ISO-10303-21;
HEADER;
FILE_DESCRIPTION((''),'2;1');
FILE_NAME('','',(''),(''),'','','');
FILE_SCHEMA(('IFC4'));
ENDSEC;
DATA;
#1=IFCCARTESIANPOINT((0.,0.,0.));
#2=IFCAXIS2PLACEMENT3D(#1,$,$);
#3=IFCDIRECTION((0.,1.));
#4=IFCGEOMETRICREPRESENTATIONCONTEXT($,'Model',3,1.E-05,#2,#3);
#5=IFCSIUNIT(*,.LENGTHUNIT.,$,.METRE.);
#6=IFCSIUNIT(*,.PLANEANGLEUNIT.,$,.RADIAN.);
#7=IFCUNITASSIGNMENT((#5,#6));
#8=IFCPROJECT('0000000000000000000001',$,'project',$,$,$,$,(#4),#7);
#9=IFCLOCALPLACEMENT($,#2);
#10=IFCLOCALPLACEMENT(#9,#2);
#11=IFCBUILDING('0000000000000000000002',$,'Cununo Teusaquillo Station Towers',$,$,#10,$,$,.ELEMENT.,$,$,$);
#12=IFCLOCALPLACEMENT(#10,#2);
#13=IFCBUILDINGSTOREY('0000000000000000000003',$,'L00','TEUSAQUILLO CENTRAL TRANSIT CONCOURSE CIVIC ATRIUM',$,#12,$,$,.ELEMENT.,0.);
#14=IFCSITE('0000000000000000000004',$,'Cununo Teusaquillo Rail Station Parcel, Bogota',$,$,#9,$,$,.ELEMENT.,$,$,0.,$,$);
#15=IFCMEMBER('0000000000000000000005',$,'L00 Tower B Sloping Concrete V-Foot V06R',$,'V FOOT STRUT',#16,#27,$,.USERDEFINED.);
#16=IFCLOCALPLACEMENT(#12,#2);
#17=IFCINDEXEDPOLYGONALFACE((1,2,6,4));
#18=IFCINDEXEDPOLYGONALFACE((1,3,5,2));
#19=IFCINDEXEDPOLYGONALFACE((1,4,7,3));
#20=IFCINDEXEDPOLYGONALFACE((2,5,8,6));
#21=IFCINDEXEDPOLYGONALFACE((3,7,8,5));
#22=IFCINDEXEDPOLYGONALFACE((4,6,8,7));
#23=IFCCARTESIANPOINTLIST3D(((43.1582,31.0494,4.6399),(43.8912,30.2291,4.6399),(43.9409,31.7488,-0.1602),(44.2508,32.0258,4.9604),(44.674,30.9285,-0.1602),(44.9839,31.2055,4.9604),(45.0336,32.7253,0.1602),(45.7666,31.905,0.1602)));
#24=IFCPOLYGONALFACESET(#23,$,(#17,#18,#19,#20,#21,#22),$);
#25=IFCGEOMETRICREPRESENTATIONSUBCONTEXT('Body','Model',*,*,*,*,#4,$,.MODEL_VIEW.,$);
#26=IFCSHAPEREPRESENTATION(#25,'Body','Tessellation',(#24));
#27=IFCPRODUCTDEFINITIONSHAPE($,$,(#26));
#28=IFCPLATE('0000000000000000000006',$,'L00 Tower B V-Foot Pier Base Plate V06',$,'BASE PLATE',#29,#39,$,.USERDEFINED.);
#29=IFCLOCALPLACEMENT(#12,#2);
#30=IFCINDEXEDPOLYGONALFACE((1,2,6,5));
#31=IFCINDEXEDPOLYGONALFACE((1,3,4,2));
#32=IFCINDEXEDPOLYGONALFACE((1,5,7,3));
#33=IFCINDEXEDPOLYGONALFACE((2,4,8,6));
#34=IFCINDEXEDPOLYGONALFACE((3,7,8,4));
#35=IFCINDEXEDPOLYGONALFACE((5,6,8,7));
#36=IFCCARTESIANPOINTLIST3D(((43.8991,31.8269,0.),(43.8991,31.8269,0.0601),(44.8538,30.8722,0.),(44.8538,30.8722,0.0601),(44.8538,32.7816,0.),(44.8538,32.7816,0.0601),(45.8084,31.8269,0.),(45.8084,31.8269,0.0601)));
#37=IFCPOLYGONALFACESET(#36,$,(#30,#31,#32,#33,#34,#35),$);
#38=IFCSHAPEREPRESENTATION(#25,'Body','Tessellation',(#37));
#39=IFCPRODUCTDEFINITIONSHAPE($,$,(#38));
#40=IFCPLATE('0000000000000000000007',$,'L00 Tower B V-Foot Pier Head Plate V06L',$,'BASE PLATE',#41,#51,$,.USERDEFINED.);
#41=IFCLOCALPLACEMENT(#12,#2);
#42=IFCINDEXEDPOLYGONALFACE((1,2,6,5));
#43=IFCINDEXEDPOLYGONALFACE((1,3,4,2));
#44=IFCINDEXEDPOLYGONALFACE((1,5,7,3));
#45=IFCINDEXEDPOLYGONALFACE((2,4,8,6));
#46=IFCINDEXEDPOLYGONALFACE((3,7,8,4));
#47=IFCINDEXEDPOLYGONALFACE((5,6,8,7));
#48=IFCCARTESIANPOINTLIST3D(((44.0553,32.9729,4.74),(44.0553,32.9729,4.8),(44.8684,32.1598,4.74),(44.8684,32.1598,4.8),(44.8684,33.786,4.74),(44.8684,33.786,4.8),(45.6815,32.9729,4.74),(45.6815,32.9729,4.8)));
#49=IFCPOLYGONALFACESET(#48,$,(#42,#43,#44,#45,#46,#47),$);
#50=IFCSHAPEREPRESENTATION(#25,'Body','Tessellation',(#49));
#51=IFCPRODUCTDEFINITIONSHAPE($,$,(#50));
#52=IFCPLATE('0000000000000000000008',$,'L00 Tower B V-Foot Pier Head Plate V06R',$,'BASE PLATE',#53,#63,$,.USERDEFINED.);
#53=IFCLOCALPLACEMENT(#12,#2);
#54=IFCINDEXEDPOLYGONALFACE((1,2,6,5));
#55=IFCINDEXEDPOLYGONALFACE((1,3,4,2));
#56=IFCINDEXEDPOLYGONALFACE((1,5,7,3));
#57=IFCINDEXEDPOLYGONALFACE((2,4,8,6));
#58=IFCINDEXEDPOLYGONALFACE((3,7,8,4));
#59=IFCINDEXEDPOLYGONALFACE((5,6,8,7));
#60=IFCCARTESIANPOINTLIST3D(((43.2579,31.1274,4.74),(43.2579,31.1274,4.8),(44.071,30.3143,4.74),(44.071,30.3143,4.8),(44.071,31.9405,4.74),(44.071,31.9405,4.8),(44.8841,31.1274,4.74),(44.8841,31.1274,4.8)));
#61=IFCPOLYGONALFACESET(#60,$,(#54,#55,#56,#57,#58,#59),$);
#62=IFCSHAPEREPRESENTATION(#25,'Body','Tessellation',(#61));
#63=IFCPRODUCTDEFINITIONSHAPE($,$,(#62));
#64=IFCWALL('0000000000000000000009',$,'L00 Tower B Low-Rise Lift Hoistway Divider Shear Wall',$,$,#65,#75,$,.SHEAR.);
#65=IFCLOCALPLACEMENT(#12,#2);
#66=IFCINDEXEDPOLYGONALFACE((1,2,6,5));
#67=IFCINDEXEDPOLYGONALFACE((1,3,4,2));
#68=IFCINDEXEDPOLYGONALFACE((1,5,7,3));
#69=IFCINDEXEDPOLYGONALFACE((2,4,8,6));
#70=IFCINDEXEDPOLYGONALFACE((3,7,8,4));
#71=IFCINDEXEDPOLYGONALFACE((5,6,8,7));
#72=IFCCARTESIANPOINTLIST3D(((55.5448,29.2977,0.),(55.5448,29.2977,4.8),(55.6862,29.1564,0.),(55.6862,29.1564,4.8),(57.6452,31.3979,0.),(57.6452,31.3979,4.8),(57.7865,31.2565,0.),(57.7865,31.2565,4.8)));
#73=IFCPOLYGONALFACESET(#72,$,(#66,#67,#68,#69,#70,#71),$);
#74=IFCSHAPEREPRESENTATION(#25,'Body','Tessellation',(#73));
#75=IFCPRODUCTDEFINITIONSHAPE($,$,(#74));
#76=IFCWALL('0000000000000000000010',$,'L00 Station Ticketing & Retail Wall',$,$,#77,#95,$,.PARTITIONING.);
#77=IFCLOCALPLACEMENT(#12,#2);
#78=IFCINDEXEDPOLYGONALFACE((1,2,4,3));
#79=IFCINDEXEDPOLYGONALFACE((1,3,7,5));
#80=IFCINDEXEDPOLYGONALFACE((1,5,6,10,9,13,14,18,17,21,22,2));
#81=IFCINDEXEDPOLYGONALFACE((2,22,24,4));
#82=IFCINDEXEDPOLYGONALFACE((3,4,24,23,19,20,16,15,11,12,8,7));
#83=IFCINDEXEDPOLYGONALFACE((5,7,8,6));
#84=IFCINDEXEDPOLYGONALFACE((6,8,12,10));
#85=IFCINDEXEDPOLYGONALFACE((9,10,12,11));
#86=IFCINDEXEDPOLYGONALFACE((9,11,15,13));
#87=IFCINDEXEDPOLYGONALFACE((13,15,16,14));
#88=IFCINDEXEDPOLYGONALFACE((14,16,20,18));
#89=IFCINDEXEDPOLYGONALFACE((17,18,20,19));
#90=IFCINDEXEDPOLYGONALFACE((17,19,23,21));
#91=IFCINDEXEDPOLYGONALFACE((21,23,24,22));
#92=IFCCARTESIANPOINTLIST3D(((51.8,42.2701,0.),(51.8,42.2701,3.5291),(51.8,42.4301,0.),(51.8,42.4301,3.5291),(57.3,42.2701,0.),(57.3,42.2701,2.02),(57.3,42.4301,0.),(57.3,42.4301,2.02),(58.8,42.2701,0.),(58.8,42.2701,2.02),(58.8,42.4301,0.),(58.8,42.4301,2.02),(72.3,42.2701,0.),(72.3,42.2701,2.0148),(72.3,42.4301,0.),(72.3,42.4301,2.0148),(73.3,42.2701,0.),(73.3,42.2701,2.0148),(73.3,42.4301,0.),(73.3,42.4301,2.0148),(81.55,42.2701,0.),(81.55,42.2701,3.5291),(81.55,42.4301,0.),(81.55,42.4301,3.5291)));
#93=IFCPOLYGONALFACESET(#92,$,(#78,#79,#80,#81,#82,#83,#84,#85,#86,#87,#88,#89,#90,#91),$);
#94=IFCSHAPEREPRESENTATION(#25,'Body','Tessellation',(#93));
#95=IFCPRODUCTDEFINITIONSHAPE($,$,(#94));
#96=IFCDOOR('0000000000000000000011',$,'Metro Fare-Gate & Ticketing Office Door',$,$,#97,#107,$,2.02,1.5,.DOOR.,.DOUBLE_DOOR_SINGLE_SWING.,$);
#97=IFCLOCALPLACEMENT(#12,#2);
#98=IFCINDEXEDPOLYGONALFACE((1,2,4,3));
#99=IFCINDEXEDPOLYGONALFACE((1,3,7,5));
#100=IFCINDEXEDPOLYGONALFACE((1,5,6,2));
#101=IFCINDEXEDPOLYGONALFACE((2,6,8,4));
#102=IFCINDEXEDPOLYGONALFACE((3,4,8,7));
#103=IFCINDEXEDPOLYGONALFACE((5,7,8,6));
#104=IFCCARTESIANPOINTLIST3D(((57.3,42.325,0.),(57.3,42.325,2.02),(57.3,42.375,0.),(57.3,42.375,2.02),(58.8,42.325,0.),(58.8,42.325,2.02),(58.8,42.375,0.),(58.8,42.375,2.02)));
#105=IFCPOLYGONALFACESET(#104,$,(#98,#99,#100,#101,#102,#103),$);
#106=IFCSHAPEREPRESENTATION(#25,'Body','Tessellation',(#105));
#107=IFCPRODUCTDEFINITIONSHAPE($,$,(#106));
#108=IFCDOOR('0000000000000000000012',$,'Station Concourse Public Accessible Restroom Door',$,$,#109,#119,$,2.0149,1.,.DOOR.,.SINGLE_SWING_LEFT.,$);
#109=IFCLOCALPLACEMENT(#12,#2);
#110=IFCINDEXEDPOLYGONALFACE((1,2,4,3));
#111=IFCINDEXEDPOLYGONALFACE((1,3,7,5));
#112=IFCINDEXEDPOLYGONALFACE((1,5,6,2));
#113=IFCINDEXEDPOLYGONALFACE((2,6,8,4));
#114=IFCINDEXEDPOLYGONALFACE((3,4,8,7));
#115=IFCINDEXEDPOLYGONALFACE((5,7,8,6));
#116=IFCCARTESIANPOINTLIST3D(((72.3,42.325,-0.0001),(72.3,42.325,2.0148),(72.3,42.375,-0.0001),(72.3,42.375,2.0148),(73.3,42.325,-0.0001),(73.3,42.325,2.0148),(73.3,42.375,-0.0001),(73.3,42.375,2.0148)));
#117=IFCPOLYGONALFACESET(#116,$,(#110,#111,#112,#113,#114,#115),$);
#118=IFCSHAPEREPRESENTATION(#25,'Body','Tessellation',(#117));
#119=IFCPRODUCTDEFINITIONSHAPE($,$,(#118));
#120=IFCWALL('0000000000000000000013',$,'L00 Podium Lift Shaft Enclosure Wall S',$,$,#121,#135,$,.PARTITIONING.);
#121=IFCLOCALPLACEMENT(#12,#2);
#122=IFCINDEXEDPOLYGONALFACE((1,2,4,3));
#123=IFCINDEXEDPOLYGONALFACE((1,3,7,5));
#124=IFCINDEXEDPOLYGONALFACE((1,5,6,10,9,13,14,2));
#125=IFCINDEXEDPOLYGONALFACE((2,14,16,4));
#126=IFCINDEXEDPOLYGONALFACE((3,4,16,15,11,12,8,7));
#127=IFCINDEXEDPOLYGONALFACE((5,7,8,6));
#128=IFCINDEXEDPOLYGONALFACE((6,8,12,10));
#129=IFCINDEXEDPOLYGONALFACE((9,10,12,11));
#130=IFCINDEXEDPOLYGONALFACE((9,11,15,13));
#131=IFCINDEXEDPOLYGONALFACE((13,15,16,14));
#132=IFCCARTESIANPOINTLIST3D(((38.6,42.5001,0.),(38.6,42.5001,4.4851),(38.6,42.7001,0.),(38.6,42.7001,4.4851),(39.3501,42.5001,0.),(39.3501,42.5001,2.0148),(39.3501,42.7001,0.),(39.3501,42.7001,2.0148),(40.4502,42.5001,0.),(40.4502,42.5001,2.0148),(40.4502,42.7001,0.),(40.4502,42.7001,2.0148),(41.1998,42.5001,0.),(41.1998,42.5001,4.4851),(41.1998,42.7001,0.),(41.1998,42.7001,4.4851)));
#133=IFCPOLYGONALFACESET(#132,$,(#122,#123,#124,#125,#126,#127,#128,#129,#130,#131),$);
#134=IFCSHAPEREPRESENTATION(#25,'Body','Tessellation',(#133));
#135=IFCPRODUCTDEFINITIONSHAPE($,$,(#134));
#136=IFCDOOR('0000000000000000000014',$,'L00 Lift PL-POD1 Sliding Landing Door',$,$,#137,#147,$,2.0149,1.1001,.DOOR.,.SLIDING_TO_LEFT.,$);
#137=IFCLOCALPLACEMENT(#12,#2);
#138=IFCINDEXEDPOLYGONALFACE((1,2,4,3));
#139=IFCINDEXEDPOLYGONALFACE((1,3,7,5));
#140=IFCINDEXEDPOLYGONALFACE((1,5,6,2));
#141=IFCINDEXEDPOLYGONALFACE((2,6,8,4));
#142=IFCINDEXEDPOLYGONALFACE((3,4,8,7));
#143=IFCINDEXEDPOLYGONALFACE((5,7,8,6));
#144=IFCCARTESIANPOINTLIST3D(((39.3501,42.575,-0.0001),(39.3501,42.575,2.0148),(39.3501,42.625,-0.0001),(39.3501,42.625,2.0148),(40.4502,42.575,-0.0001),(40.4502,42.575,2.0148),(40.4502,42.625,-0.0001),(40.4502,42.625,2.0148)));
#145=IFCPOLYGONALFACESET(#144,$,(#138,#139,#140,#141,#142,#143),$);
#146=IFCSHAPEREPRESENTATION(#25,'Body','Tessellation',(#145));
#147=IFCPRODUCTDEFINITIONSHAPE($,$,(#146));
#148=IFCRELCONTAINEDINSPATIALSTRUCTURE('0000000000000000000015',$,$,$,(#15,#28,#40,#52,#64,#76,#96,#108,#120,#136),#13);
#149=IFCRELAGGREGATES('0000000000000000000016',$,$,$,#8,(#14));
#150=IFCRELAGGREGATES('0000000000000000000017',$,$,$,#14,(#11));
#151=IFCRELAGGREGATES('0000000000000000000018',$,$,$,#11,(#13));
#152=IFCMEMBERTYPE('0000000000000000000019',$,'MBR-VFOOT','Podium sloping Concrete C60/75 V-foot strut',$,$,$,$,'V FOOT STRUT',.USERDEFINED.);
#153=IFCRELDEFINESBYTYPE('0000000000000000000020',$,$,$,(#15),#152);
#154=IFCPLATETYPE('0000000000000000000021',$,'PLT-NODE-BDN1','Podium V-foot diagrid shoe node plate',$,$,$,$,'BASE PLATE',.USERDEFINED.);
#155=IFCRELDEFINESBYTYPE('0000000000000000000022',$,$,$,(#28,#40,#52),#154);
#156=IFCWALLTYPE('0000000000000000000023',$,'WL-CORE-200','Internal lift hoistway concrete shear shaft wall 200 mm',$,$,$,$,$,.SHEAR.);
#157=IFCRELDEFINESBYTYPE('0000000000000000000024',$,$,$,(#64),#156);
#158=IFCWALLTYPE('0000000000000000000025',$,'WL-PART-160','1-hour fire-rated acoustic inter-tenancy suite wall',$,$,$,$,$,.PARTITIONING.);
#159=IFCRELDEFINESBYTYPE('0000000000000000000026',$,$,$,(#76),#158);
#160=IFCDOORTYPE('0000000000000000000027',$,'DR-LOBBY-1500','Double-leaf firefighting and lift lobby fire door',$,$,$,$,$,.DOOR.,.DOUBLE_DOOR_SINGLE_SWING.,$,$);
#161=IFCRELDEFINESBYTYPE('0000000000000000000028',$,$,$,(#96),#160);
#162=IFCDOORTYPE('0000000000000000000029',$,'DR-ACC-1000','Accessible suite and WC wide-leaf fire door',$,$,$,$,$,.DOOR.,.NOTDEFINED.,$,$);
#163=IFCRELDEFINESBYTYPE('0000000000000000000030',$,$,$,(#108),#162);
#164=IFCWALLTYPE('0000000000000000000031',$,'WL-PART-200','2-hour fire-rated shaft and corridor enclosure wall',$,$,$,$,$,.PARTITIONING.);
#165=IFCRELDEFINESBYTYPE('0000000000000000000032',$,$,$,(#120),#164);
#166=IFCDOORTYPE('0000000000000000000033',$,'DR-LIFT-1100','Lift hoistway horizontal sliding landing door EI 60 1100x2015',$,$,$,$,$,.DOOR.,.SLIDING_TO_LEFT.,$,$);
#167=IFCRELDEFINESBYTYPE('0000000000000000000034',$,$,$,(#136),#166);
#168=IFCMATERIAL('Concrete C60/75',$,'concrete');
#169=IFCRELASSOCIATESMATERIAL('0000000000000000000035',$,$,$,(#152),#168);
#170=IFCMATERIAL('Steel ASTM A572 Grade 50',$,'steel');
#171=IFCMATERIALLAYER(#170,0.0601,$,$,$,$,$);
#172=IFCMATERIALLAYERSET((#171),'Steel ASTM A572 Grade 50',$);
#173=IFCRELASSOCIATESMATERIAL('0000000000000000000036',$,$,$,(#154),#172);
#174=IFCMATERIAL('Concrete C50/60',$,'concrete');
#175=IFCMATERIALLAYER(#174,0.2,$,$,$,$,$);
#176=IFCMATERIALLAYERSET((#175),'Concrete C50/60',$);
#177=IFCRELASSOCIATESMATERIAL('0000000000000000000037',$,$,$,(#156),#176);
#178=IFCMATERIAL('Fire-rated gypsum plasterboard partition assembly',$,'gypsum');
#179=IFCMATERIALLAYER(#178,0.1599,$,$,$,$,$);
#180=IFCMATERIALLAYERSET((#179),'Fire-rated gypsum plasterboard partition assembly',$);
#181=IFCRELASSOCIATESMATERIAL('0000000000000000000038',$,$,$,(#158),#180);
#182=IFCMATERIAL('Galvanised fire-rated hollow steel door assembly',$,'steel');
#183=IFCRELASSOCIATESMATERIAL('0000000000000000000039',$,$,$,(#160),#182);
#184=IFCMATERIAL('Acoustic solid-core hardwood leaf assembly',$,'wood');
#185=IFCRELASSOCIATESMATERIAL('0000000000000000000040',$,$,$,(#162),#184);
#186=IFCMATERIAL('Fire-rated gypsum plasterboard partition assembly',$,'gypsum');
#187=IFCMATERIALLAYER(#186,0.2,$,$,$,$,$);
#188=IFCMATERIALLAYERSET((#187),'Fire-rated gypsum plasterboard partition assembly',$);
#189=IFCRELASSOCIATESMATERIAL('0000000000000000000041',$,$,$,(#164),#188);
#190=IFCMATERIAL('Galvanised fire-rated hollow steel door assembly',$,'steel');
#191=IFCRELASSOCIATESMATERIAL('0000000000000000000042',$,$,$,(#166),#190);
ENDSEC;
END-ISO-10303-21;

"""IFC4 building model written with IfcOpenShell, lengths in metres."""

from ifc_helpers import new_model, si_unit, direction, frame, frame_2d, origin, origin_2d, place, context, subcontext, project, spatial, rectangle, extrude, source, transform, mapped, material, layer, layer_set, material_profile, profile_set, type_object, element, fill, save


model = new_model("IFC4")

# Units and contexts
model_context = context("Model", 3, precision=1e-05, world=origin(), true_north=direction((0.0, 1.0)))
body_context = subcontext(model_context, "Body", "Model", "MODEL_VIEW")
ifc_project = project(units=[si_unit("LENGTHUNIT", "METRE"), si_unit("PLANEANGLEUNIT", "RADIAN")], contexts=[model_context])

# Site, building, storey
site_placement = place(None, origin())
site = spatial("IfcSite", under=ifc_project, at=site_placement, Name="Cununo Teusaquillo Rail Station Parcel, Bogota", CompositionType="ELEMENT", RefElevation=0.0)
building_placement = place(site_placement, origin())
building = spatial("IfcBuilding", under=site, at=building_placement, Name="Cununo Teusaquillo Station Towers", CompositionType="ELEMENT")
storey_placement = place(building_placement, origin())
storey = spatial("IfcBuildingStorey", under=building, at=storey_placement, Name="L00", Description="TEUSAQUILLO CENTRAL TRANSIT CONCOURSE CIVIC ATRIUM", CompositionType="ELEMENT", Elevation=0.0)

# Member
ifc_material_1 = material(Name="Concrete C60/75", Category="concrete")
ifc_material_profile_1 = material_profile(ifc_material_1, rectangle(XDim=1.1001, YDim=1.5, at=origin_2d()), Name="RC-RECT-1500x1100")
ifc_profile_set_1 = profile_set([ifc_material_profile_1], Name="Concrete C60/75")
member_type = type_object("IfcMemberType", Name="MBR-VFOOT", Description="Podium sloping Concrete C60/75 V-foot strut", ElementType="V FOOT STRUT", PredefinedType="USERDEFINED", material=ifc_profile_set_1)
member_1_placement = place(storey_placement, frame((44.8538, 31.8269, 0.0), z_axis=(-0.159299, -0.142356, 0.976913), x_axis=(0.666339, -0.745649, 0.0)))
element("IfcMember", 1, at=member_1_placement, inside=storey, type_object=member_type, Name="L00 Tower B Sloping Concrete V-Foot V06R", ObjectType="V FOOT STRUT", PredefinedType="USERDEFINED", context=body_context, shape_type="SweptSolid", body=[
    extrude(rectangle(XDim=1.1001, YDim=1.5, at=origin_2d()), origin(), (0.0, 0.0, 1.0), 4.9136),
])

# Plates
ifc_material_2 = material(Name="Steel ASTM A572 Grade 50", Category="steel")
ifc_layer_1 = layer(ifc_material_2, 0.0601)
ifc_layer_set_1 = layer_set([ifc_layer_1], Name="Steel ASTM A572 Grade 50")
plate_type = type_object("IfcPlateType", Name="PLT-NODE-BDN1", Description="Podium V-foot diagrid shoe node plate", ElementType="BASE PLATE", PredefinedType="USERDEFINED", material=ifc_layer_set_1)
shared_shape_1 = source(origin(), body_context, "Body", "SweptSolid", [
    extrude(rectangle(XDim=1.3501, YDim=1.3501, at=origin_2d()), origin(), (0.0, 0.0, 1.0), 0.0601),
])
plate_placement = place(storey_placement, frame((44.8538, 31.8269, 0.0), z_axis=(0.0, 0.0, 1.0), x_axis=(0.707107, 0.707107, 0.0)))
element("IfcPlate", 2, at=plate_placement, inside=storey, type_object=plate_type, Name="L00 Tower B V-Foot Pier Base Plate V06", ObjectType="BASE PLATE", PredefinedType="USERDEFINED", context=body_context, shape_type="MappedRepresentation", body=[
    mapped(shared_shape_1, transform((0.0, 0.0, 0.0), x_axis=(1.0, 0.0, 0.0), y_axis=(0.0, 1.0, 0.0), z_axis=(0.0, 0.0, 1.0), scale=1.0)),
])
shared_shape_2 = source(origin(), body_context, "Body", "SweptSolid", [
    extrude(rectangle(XDim=1.1499, YDim=1.1499, at=origin_2d()), origin(), (0.0, 0.0, 1.0), 0.0601),
])
for number, where, z_axis, x_axis, name in (
    (3, (44.8684, 32.9729, 4.74), (0.0, 0.0, 1.0), (0.707107, 0.707107, 0.0), "L00 Tower B V-Foot Pier Head Plate V06L"),
    (4, (44.071, 31.1274, 4.74), (0.0, 0.0, 1.0), (0.707107, 0.707107, 0.0), "L00 Tower B V-Foot Pier Head Plate V06R"),
):
    element("IfcPlate", number, at=place(storey_placement, frame(where, z_axis=z_axis, x_axis=x_axis)), inside=storey, type_object=plate_type, Name=name, ObjectType="BASE PLATE", PredefinedType="USERDEFINED", context=body_context, shape_type="MappedRepresentation", body=[
        mapped(shared_shape_2, transform((0.0, 0.0, 0.0), x_axis=(1.0, 0.0, 0.0), y_axis=(0.0, 1.0, 0.0), z_axis=(0.0, 0.0, 1.0), scale=1.0)),
    ])

# Wall
ifc_material_3 = material(Name="Concrete C50/60", Category="concrete")
ifc_layer_2 = layer(ifc_material_3, 0.2)
ifc_layer_set_2 = layer_set([ifc_layer_2], Name="Concrete C50/60")
wall_type_1 = type_object("IfcWallType", Name="WL-CORE-200", Description="Internal lift hoistway concrete shear shaft wall 200 mm", PredefinedType="SHEAR", material=ifc_layer_set_2)
wall_1_placement = place(storey_placement, frame((55.6155, 29.2271, 0.0), z_axis=(0.0, 0.0, 1.0), x_axis=(0.707148, 0.707066, 0.0)))
element("IfcWall", 5, at=wall_1_placement, inside=storey, type_object=wall_type_1, Name="L00 Tower B Low-Rise Lift Hoistway Divider Shear Wall", PredefinedType="SHEAR", context=body_context, shape_type="SweptSolid", body=[
    extrude(rectangle(XDim=2.9702, YDim=0.2, at=frame_2d((1.4851, 0.0))), origin(), (0.0, 0.0, 1.0), 4.8),
])

# Wall, openings, doors
ifc_material_4 = material(Name="Fire-rated gypsum plasterboard partition assembly", Category="gypsum")
ifc_layer_3 = layer(ifc_material_4, 0.1599)
ifc_layer_set_3 = layer_set([ifc_layer_3], Name="Fire-rated gypsum plasterboard partition assembly")
wall_type_2 = type_object("IfcWallType", Name="WL-PART-160", Description="1-hour fire-rated acoustic inter-tenancy suite wall", PredefinedType="PARTITIONING", material=ifc_layer_set_3)
wall_2_placement = place(storey_placement, frame((51.8, 42.3501, 0.0), z_axis=(0.0, 0.0, 1.0), x_axis=(1.0, 0.0, 0.0)))
wall_2 = element("IfcWall", 6, at=wall_2_placement, inside=storey, type_object=wall_type_2, Name="L00 Station Ticketing & Retail Wall", PredefinedType="PARTITIONING", context=body_context, shape_type="SweptSolid", body=[
    extrude(rectangle(XDim=29.75, YDim=0.1599, at=frame_2d((14.875, 0.0))), origin(), (0.0, 0.0, 1.0), 3.5291),
])
shared_shape_3 = source(origin(), body_context, "Body", "SweptSolid", [
    extrude(rectangle(XDim=1.5, YDim=2.02, at=frame_2d((0.75, 1.01))), frame((0.0, 0.0898, 0.0), z_axis=(0.0, -1.0, 0.0), x_axis=(1.0, 0.0, 0.0)), (0.0, 0.0, 1.0), 0.1799),
])
opening_1_placement = place(wall_2_placement, frame((5.5, 0.0, 0.0)))
opening_1 = element("IfcOpeningElement", 7, at=opening_1_placement, cuts=wall_2, PredefinedType="OPENING", context=body_context, shape_type="MappedRepresentation", body=[
    mapped(shared_shape_3, transform((0.0, 0.0, 0.0), x_axis=(1.0, 0.0, 0.0), y_axis=(0.0, 1.0, 0.0), z_axis=(0.0, 0.0, 1.0), scale=1.0)),
])
shared_shape_4 = source(origin(), body_context, "Body", "SweptSolid", [
    extrude(rectangle(XDim=1.0, YDim=2.0149, at=frame_2d((0.5, 1.0073))), frame((0.0, 0.0898, 0.0), z_axis=(0.0, -1.0, 0.0), x_axis=(1.0, 0.0, 0.0)), (0.0, 0.0, 1.0), 0.1799),
])
opening_2_placement = place(wall_2_placement, frame((20.5, 0.0, 0.0)))
opening_2 = element("IfcOpeningElement", 8, at=opening_2_placement, cuts=wall_2, PredefinedType="OPENING", context=body_context, shape_type="MappedRepresentation", body=[
    mapped(shared_shape_4, transform((0.0, 0.0, 0.0), x_axis=(1.0, 0.0, 0.0), y_axis=(0.0, 1.0, 0.0), z_axis=(0.0, 0.0, 1.0), scale=1.0)),
])
ifc_material_5 = material(Name="Galvanised fire-rated hollow steel door assembly", Category="steel")
door_type_1 = type_object("IfcDoorType", Name="DR-LOBBY-1500", Description="Double-leaf firefighting and lift lobby fire door", OperationType="DOUBLE_DOOR_SINGLE_SWING", PredefinedType="DOOR", material=ifc_material_5)
shared_shape_5 = source(origin(), body_context, "Body", "SweptSolid", [
    extrude(rectangle(XDim=1.5, YDim=2.02, at=frame_2d((0.75, 1.01))), frame((0.0, 0.0249, 0.0), z_axis=(0.0, -1.0, 0.0), x_axis=(1.0, 0.0, 0.0)), (0.0, 0.0, 1.0), 0.05),
])
door_1_placement = place(opening_1_placement, origin())
door_1 = element("IfcDoor", 9, at=door_1_placement, inside=storey, type_object=door_type_1, Name="Metro Fare-Gate & Ticketing Office Door", OperationType="DOUBLE_DOOR_SINGLE_SWING", OverallHeight=2.02, OverallWidth=1.5, PredefinedType="DOOR", context=body_context, shape_type="MappedRepresentation", body=[
    mapped(shared_shape_5, transform((0.0, 0.0, 0.0), x_axis=(1.0, 0.0, 0.0), y_axis=(0.0, 1.0, 0.0), z_axis=(0.0, 0.0, 1.0), scale=1.0)),
])
fill(opening_1, door_1)
ifc_material_6 = material(Name="Acoustic solid-core hardwood leaf assembly", Category="wood")
door_type_2 = type_object("IfcDoorType", Name="DR-ACC-1000", Description="Accessible suite and WC wide-leaf fire door", OperationType="NOTDEFINED", PredefinedType="DOOR", material=ifc_material_6)
shared_shape_6 = source(origin(), body_context, "Body", "SweptSolid", [
    extrude(rectangle(XDim=1.0, YDim=2.0149, at=frame_2d((0.5, 1.0073))), frame((0.0, 0.0249, 0.0), z_axis=(0.0, -1.0, 0.0), x_axis=(1.0, 0.0, 0.0)), (0.0, 0.0, 1.0), 0.05),
])
door_2_placement = place(opening_2_placement, origin())
door_2 = element("IfcDoor", 10, at=door_2_placement, inside=storey, type_object=door_type_2, Name="Station Concourse Public Accessible Restroom Door", OperationType="SINGLE_SWING_LEFT", OverallHeight=2.0149, OverallWidth=1.0, PredefinedType="DOOR", context=body_context, shape_type="MappedRepresentation", body=[
    mapped(shared_shape_6, transform((0.0, 0.0, 0.0), x_axis=(1.0, 0.0, 0.0), y_axis=(0.0, 1.0, 0.0), z_axis=(0.0, 0.0, 1.0), scale=1.0)),
])
fill(opening_2, door_2)

# Wall, opening, door
ifc_material_7 = material(Name="Fire-rated gypsum plasterboard partition assembly", Category="gypsum")
ifc_layer_4 = layer(ifc_material_7, 0.2)
ifc_layer_set_4 = layer_set([ifc_layer_4], Name="Fire-rated gypsum plasterboard partition assembly")
wall_type_3 = type_object("IfcWallType", Name="WL-PART-200", Description="2-hour fire-rated shaft and corridor enclosure wall", PredefinedType="PARTITIONING", material=ifc_layer_set_4)
wall_3_placement = place(storey_placement, frame((38.6001, 42.6001, 0.0), z_axis=(0.0, 0.0, 1.0), x_axis=(1.0, 0.0, 0.0)))
wall_3 = element("IfcWall", 11, at=wall_3_placement, inside=storey, type_object=wall_type_3, Name="L00 Podium Lift Shaft Enclosure Wall S", PredefinedType="PARTITIONING", context=body_context, shape_type="SweptSolid", body=[
    extrude(rectangle(XDim=2.5999, YDim=0.2, at=frame_2d((1.2998, 0.0))), origin(), (0.0, 0.0, 1.0), 4.4851),
])
shared_shape_7 = source(origin(), body_context, "Body", "SweptSolid", [
    extrude(rectangle(XDim=1.1001, YDim=2.0149, at=frame_2d((0.55, 1.0073))), frame((0.0, 0.1099, 0.0), z_axis=(0.0, -1.0, 0.0), x_axis=(1.0, 0.0, 0.0)), (0.0, 0.0, 1.0), 0.22),
])
opening_3_placement = place(wall_3_placement, frame((0.75, 0.0, 0.0)))
opening_3 = element("IfcOpeningElement", 12, at=opening_3_placement, cuts=wall_3, PredefinedType="OPENING", context=body_context, shape_type="MappedRepresentation", body=[
    mapped(shared_shape_7, transform((0.0, 0.0, 0.0), x_axis=(1.0, 0.0, 0.0), y_axis=(0.0, 1.0, 0.0), z_axis=(0.0, 0.0, 1.0), scale=1.0)),
])
ifc_material_8 = material(Name="Galvanised fire-rated hollow steel door assembly", Category="steel")
door_type_3 = type_object("IfcDoorType", Name="DR-LIFT-1100", Description="Lift hoistway horizontal sliding landing door EI 60 1100x2015", OperationType="SLIDING_TO_LEFT", PredefinedType="DOOR", material=ifc_material_8)
shared_shape_8 = source(origin(), body_context, "Body", "SweptSolid", [
    extrude(rectangle(XDim=1.1001, YDim=2.0149, at=frame_2d((0.55, 1.0073))), frame((0.0, 0.0249, 0.0), z_axis=(0.0, -1.0, 0.0), x_axis=(1.0, 0.0, 0.0)), (0.0, 0.0, 1.0), 0.05),
])
door_3_placement = place(opening_3_placement, origin())
door_3 = element("IfcDoor", 13, at=door_3_placement, inside=storey, type_object=door_type_3, Name="L00 Lift PL-POD1 Sliding Landing Door", OperationType="SLIDING_TO_LEFT", OverallHeight=2.0149, OverallWidth=1.1001, PredefinedType="DOOR", context=body_context, shape_type="MappedRepresentation", body=[
    mapped(shared_shape_8, transform((0.0, 0.0, 0.0), x_axis=(1.0, 0.0, 0.0), y_axis=(0.0, 1.0, 0.0), z_axis=(0.0, 0.0, 1.0), scale=1.0)),
])
fill(opening_3, door_3)

save(model, "model.ifc")
